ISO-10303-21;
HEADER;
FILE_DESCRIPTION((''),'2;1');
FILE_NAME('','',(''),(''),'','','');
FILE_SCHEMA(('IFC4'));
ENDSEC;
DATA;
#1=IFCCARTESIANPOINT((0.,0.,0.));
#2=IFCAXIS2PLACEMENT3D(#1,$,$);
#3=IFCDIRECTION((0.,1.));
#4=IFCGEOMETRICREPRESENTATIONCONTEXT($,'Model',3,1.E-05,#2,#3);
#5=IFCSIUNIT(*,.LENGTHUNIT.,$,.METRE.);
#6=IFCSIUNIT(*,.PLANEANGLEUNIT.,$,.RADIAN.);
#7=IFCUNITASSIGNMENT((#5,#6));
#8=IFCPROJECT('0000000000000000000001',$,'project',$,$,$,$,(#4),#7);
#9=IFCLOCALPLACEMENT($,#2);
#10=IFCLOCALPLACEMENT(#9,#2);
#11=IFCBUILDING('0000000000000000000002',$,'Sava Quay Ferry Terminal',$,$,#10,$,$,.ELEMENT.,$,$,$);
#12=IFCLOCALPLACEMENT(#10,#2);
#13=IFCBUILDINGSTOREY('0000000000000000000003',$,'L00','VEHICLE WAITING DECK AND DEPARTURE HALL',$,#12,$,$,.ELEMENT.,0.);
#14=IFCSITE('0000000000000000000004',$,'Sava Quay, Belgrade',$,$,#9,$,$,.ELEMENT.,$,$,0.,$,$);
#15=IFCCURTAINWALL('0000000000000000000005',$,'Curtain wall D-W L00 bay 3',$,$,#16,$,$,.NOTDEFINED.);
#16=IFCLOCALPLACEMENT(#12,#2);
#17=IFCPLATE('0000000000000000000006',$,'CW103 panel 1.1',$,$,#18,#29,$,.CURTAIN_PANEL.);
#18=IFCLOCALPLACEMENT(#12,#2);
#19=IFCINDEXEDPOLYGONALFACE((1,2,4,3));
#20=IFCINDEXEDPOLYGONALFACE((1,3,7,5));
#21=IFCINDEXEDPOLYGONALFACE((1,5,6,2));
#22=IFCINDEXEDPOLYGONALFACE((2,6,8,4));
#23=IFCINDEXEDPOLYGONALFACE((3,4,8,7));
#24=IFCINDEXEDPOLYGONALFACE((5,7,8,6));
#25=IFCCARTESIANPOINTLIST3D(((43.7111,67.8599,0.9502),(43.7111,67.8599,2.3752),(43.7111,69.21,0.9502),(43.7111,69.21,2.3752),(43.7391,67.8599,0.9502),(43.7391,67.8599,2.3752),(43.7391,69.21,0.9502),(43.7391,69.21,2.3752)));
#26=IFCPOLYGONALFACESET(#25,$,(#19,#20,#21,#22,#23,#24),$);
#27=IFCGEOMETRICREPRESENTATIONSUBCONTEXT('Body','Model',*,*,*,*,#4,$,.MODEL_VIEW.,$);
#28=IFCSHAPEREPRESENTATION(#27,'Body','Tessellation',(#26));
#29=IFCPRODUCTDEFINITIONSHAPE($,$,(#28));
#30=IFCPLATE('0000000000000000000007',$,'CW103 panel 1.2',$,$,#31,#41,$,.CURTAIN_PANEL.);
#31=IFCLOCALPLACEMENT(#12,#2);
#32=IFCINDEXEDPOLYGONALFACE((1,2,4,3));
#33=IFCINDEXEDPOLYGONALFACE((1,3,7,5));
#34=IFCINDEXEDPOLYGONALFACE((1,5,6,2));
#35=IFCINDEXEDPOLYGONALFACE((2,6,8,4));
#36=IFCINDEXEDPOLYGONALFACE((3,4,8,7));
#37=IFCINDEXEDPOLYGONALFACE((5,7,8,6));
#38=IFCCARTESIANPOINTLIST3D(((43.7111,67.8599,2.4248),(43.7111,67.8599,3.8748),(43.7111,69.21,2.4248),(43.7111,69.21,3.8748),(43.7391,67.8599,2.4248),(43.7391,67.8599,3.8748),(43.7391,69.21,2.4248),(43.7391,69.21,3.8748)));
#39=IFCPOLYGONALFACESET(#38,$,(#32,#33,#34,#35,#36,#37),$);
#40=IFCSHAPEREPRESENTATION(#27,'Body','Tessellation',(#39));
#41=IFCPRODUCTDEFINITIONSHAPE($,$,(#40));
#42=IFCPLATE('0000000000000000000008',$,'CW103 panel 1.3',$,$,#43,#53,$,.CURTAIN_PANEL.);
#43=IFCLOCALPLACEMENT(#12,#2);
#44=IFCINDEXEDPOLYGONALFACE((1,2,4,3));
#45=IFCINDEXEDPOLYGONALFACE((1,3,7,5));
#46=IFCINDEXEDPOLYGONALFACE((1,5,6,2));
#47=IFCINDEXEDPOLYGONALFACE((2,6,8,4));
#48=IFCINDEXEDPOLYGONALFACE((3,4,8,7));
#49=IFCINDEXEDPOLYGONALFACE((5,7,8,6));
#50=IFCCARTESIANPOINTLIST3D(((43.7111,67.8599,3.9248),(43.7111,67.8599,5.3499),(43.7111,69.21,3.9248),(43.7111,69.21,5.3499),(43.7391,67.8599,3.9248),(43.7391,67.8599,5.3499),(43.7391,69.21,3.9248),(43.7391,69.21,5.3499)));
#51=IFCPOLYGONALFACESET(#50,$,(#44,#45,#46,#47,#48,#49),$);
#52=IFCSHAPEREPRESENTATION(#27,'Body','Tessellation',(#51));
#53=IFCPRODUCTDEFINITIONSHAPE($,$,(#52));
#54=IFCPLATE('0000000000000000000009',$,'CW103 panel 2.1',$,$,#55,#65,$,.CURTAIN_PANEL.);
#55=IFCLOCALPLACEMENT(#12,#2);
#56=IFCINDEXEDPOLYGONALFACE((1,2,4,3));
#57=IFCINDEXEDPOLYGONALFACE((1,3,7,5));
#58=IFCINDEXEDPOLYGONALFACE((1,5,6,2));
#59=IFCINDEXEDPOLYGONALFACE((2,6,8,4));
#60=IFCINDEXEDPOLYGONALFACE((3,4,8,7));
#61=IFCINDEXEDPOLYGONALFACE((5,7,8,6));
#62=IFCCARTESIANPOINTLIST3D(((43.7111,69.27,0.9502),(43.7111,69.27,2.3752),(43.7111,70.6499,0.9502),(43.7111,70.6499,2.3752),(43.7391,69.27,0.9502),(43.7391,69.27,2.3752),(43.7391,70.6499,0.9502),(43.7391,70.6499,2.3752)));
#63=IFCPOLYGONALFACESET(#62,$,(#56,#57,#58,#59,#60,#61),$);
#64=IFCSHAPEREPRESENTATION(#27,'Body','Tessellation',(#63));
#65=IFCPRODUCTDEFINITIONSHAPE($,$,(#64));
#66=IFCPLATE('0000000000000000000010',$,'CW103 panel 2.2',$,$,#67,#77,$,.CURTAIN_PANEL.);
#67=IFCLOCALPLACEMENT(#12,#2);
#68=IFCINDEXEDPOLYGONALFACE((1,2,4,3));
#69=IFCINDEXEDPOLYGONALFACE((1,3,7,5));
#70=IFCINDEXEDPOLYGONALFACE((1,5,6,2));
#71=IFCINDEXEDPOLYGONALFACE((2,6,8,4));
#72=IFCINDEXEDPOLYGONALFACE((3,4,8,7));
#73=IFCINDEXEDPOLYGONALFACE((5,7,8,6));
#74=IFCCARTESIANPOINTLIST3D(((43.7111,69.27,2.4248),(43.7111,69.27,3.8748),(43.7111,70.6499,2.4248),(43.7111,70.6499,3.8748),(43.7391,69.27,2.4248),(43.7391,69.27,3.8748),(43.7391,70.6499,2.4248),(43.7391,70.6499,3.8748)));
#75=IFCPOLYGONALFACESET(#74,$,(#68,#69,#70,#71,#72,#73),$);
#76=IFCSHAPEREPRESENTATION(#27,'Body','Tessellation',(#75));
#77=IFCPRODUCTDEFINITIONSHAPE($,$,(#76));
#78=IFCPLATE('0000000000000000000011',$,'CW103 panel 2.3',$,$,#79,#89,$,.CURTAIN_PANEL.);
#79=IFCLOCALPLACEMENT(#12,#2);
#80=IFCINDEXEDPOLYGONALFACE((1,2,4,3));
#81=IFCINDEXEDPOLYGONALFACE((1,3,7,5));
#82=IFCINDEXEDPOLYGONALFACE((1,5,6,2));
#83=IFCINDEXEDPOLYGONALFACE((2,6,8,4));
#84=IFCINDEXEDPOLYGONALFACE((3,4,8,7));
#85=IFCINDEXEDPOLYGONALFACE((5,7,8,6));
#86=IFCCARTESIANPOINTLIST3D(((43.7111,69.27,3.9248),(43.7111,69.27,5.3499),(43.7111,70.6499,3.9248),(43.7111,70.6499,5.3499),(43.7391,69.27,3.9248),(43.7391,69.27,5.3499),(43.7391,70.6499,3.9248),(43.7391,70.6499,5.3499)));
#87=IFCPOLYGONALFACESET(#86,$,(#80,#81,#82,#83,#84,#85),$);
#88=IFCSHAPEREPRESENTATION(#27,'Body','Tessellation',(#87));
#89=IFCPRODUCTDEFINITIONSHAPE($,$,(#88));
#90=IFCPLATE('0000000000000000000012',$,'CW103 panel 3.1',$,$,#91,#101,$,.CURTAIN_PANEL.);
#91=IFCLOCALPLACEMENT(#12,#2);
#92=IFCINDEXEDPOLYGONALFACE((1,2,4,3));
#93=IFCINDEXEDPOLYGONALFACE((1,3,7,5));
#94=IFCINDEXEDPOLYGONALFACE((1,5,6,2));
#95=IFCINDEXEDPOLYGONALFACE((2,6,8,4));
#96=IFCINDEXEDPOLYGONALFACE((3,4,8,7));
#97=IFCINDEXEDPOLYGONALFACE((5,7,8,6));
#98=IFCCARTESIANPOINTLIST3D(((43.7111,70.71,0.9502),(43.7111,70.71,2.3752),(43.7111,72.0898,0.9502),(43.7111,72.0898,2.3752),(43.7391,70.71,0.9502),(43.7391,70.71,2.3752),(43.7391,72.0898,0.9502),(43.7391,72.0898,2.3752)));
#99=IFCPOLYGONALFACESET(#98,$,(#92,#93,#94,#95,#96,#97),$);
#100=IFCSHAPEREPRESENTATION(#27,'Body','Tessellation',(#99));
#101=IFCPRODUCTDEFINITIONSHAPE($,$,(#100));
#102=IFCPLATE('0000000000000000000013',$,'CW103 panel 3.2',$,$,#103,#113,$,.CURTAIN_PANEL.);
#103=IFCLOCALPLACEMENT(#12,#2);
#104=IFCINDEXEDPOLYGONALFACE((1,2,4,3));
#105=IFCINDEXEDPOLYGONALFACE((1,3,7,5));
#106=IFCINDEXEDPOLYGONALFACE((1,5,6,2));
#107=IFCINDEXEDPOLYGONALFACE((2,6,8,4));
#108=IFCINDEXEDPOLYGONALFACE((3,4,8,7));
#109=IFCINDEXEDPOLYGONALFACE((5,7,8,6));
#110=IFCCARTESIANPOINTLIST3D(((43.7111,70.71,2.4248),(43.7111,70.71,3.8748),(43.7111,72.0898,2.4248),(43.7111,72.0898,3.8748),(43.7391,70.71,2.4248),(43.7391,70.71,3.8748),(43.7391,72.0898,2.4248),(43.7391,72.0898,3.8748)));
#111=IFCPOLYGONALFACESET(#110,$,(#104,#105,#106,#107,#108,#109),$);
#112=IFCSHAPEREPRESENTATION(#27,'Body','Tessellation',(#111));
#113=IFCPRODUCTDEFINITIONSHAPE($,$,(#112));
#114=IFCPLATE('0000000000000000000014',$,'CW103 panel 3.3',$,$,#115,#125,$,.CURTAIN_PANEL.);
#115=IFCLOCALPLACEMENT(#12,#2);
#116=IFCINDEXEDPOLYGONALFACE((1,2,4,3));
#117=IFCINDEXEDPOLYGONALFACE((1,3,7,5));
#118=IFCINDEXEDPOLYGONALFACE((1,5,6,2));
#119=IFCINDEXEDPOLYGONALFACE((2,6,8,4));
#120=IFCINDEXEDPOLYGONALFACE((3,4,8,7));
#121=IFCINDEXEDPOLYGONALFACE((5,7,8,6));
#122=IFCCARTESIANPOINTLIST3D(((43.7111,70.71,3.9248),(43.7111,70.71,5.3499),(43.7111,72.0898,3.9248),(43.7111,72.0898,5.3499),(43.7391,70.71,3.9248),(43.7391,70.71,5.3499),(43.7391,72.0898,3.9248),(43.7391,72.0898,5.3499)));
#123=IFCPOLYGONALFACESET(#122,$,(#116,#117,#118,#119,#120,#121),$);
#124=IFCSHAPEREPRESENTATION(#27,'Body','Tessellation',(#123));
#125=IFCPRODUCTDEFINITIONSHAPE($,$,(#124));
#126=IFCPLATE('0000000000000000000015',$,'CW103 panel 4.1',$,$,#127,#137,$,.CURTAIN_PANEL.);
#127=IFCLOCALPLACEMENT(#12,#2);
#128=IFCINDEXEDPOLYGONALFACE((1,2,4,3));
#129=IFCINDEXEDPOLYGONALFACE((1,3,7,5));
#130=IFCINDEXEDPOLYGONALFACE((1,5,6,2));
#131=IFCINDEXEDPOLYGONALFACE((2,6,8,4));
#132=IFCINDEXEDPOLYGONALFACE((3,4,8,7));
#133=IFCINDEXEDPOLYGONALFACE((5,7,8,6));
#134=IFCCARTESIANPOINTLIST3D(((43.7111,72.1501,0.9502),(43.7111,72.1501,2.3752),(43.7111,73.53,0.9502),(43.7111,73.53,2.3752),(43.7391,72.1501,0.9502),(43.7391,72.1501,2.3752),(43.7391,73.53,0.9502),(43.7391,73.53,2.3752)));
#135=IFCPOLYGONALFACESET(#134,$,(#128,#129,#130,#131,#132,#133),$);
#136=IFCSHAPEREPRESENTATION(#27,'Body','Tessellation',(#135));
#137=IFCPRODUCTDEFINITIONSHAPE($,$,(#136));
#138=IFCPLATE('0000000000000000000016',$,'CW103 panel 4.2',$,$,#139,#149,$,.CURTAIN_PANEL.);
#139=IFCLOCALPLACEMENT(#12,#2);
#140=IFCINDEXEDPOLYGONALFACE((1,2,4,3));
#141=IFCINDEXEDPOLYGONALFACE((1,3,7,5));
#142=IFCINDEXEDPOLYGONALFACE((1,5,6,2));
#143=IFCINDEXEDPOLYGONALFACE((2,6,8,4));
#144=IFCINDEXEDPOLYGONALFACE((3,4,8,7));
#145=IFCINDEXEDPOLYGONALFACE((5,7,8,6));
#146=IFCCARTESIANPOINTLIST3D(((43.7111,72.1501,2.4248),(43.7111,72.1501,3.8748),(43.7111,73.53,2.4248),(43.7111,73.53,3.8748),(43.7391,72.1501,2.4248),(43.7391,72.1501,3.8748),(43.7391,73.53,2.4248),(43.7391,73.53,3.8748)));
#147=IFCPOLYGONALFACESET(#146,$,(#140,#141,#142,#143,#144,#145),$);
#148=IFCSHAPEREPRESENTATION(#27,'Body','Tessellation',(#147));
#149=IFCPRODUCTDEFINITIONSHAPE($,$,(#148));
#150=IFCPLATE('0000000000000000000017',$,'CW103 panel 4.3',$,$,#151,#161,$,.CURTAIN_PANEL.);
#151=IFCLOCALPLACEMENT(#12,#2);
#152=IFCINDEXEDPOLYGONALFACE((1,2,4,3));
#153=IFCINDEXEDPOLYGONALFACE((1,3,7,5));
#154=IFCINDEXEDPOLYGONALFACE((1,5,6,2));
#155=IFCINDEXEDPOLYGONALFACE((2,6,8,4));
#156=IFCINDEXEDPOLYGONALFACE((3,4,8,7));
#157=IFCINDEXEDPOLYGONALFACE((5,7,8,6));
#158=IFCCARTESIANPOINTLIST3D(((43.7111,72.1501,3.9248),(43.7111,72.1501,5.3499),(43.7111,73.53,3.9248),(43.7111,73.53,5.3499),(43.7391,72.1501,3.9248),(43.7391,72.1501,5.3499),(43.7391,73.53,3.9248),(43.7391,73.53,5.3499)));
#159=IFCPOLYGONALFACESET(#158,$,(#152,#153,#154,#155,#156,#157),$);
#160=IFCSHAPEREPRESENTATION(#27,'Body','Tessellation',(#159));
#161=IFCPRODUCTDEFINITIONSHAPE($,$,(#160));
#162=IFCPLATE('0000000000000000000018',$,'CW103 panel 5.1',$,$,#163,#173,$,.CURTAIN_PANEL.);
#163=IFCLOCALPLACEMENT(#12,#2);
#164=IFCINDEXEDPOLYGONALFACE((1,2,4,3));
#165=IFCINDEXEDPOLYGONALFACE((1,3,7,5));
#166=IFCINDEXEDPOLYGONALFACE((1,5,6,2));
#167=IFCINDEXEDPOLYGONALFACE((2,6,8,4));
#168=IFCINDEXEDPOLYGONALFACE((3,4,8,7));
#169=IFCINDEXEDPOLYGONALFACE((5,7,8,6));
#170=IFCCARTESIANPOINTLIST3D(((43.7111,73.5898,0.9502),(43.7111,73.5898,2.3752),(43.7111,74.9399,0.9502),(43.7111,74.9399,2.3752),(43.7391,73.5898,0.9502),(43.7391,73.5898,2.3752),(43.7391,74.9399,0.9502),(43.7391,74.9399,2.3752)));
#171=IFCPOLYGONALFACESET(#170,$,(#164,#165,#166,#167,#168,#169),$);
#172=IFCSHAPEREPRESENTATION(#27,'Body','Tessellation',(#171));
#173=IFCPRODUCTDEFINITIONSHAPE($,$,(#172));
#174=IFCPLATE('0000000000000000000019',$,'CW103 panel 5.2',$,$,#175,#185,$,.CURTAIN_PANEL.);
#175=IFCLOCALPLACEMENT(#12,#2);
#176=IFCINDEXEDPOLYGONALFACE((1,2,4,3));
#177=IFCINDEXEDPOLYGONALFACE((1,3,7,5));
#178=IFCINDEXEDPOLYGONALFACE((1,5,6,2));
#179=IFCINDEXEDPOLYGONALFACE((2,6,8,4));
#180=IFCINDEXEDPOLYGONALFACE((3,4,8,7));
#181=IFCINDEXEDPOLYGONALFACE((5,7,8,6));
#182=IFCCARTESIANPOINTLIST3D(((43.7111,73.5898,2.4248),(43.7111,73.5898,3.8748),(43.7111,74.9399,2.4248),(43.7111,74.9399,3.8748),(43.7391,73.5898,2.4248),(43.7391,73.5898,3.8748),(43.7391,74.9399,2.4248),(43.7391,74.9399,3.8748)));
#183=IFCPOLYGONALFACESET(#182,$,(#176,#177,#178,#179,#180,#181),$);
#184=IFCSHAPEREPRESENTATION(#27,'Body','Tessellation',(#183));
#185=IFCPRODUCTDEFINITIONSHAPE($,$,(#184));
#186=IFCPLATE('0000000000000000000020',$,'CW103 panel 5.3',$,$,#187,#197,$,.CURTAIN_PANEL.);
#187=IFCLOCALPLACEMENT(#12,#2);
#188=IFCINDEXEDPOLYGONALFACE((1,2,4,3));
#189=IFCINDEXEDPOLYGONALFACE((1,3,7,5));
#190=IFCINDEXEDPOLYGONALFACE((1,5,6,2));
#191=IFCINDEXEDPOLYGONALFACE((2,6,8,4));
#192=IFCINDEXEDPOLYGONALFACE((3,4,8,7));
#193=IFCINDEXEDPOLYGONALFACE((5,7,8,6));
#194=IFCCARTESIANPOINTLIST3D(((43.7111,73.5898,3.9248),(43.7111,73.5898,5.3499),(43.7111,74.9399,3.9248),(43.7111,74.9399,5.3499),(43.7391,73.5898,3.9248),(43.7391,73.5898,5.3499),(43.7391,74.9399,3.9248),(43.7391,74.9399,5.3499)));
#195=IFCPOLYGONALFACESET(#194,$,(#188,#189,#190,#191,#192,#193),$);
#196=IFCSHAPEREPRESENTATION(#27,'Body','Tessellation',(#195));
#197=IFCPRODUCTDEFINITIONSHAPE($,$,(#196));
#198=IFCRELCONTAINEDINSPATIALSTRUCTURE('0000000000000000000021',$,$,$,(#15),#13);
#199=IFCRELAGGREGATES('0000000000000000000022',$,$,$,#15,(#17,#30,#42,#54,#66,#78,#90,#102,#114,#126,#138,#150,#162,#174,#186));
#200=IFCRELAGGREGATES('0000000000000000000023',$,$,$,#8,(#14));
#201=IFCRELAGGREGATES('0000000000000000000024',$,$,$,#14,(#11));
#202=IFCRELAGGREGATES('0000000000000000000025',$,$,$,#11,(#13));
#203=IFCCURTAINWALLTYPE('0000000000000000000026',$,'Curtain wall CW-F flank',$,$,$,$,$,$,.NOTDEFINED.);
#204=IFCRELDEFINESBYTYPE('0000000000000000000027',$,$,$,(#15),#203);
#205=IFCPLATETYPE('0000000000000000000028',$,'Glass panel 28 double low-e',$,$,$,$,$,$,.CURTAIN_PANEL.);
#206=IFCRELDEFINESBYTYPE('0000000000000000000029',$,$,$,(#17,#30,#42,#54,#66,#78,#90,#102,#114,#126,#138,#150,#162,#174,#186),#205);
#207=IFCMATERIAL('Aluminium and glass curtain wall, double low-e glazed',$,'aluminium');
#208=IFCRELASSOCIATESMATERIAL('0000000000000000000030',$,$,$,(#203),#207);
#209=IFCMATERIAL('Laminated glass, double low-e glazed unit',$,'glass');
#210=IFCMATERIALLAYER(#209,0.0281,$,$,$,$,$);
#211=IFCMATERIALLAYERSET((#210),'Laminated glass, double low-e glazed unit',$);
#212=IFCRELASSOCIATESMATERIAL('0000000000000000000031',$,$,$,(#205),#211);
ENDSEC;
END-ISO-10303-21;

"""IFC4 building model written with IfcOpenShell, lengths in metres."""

from ifc_helpers import new_model, si_unit, direction, frame, origin, origin_2d, place, context, subcontext, project, spatial, rectangle, extrude, material, layer, layer_set, type_object, element, aggregate, save


model = new_model("IFC4")

# Units and contexts
model_context = context("Model", 3, precision=1e-05, world=origin(), true_north=direction((0.0, 1.0)))
body_context = subcontext(model_context, "Body", "Model", "MODEL_VIEW")
ifc_project = project(units=[si_unit("LENGTHUNIT", "METRE"), si_unit("PLANEANGLEUNIT", "RADIAN")], contexts=[model_context])

# Site, building, storey
site_placement = place(None, origin())
site = spatial("IfcSite", under=ifc_project, at=site_placement, Name="Sava Quay, Belgrade", CompositionType="ELEMENT", RefElevation=0.0)
building_placement = place(site_placement, origin())
building = spatial("IfcBuilding", under=site, at=building_placement, Name="Sava Quay Ferry Terminal", CompositionType="ELEMENT")
storey_placement = place(building_placement, origin())
storey = spatial("IfcBuildingStorey", under=building, at=storey_placement, Name="L00", Description="VEHICLE WAITING DECK AND DEPARTURE HALL", CompositionType="ELEMENT", Elevation=0.0)

# Curtain wall, plates
ifc_material_1 = material(Name="Aluminium and glass curtain wall, double low-e glazed", Category="aluminium")
curtain_wall_type = type_object("IfcCurtainWallType", Name="Curtain wall CW-F flank", PredefinedType="NOTDEFINED", material=ifc_material_1)
curtain_wall_placement = place(storey_placement, origin())
curtain_wall = element("IfcCurtainWall", 1, at=curtain_wall_placement, inside=storey, type_object=curtain_wall_type, Name="Curtain wall D-W L00 bay 3", PredefinedType="NOTDEFINED")
ifc_material_2 = material(Name="Laminated glass, double low-e glazed unit", Category="glass")
ifc_layer_1 = layer(ifc_material_2, 0.0281)
ifc_layer_set_1 = layer_set([ifc_layer_1], Name="Laminated glass, double low-e glazed unit")
plate_type = type_object("IfcPlateType", Name="Glass panel 28 double low-e", PredefinedType="CURTAIN_PANEL", material=ifc_layer_set_1)
plate_1_placement = place(storey_placement, frame((43.7251, 68.5349, 0.9502), z_axis=(0.0, 0.0, 1.0), x_axis=(0.0, 1.0, 0.0)))
plate_1 = element("IfcPlate", 2, at=plate_1_placement, type_object=plate_type, Name="CW103 panel 1.1", PredefinedType="CURTAIN_PANEL", context=body_context, shape_type="SweptSolid", body=[
    extrude(rectangle(XDim=1.3501, YDim=0.0281, at=origin_2d()), origin(), (0.0, 0.0, 1.0), 1.425),
])
plate_2_placement = place(storey_placement, frame((43.7251, 68.5349, 2.4248), z_axis=(0.0, 0.0, 1.0), x_axis=(0.0, 1.0, 0.0)))
plate_2 = element("IfcPlate", 3, at=plate_2_placement, type_object=plate_type, Name="CW103 panel 1.2", PredefinedType="CURTAIN_PANEL", context=body_context, shape_type="SweptSolid", body=[
    extrude(rectangle(XDim=1.3501, YDim=0.0281, at=origin_2d()), origin(), (0.0, 0.0, 1.0), 1.45),
])
plate_3_placement = place(storey_placement, frame((43.7251, 68.5349, 3.9248), z_axis=(0.0, 0.0, 1.0), x_axis=(0.0, 1.0, 0.0)))
plate_3 = element("IfcPlate", 4, at=plate_3_placement, type_object=plate_type, Name="CW103 panel 1.3", PredefinedType="CURTAIN_PANEL", context=body_context, shape_type="SweptSolid", body=[
    extrude(rectangle(XDim=1.3501, YDim=0.0281, at=origin_2d()), origin(), (0.0, 0.0, 1.0), 1.425),
])
plate_4_placement = place(storey_placement, frame((43.7251, 69.96, 0.9502), z_axis=(0.0, 0.0, 1.0), x_axis=(0.0, 1.0, 0.0)))
plate_4 = element("IfcPlate", 5, at=plate_4_placement, type_object=plate_type, Name="CW103 panel 2.1", PredefinedType="CURTAIN_PANEL", context=body_context, shape_type="SweptSolid", body=[
    extrude(rectangle(XDim=1.3799, YDim=0.0281, at=origin_2d()), origin(), (0.0, 0.0, 1.0), 1.425),
])
plate_5_placement = place(storey_placement, frame((43.7251, 69.96, 2.4248), z_axis=(0.0, 0.0, 1.0), x_axis=(0.0, 1.0, 0.0)))
plate_5 = element("IfcPlate", 6, at=plate_5_placement, type_object=plate_type, Name="CW103 panel 2.2", PredefinedType="CURTAIN_PANEL", context=body_context, shape_type="SweptSolid", body=[
    extrude(rectangle(XDim=1.3799, YDim=0.0281, at=origin_2d()), origin(), (0.0, 0.0, 1.0), 1.45),
])
plate_6_placement = place(storey_placement, frame((43.7251, 69.96, 3.9248), z_axis=(0.0, 0.0, 1.0), x_axis=(0.0, 1.0, 0.0)))
plate_6 = element("IfcPlate", 7, at=plate_6_placement, type_object=plate_type, Name="CW103 panel 2.3", PredefinedType="CURTAIN_PANEL", context=body_context, shape_type="SweptSolid", body=[
    extrude(rectangle(XDim=1.3799, YDim=0.0281, at=origin_2d()), origin(), (0.0, 0.0, 1.0), 1.425),
])
plate_7_placement = place(storey_placement, frame((43.7251, 71.3999, 0.9502), z_axis=(0.0, 0.0, 1.0), x_axis=(0.0, 1.0, 0.0)))
plate_7 = element("IfcPlate", 8, at=plate_7_placement, type_object=plate_type, Name="CW103 panel 3.1", PredefinedType="CURTAIN_PANEL", context=body_context, shape_type="SweptSolid", body=[
    extrude(rectangle(XDim=1.3799, YDim=0.0281, at=origin_2d()), origin(), (0.0, 0.0, 1.0), 1.425),
])
plate_8_placement = place(storey_placement, frame((43.7251, 71.3999, 2.4248), z_axis=(0.0, 0.0, 1.0), x_axis=(0.0, 1.0, 0.0)))
plate_8 = element("IfcPlate", 9, at=plate_8_placement, type_object=plate_type, Name="CW103 panel 3.2", PredefinedType="CURTAIN_PANEL", context=body_context, shape_type="SweptSolid", body=[
    extrude(rectangle(XDim=1.3799, YDim=0.0281, at=origin_2d()), origin(), (0.0, 0.0, 1.0), 1.45),
])
plate_9_placement = place(storey_placement, frame((43.7251, 71.3999, 3.9248), z_axis=(0.0, 0.0, 1.0), x_axis=(0.0, 1.0, 0.0)))
plate_9 = element("IfcPlate", 10, at=plate_9_placement, type_object=plate_type, Name="CW103 panel 3.3", PredefinedType="CURTAIN_PANEL", context=body_context, shape_type="SweptSolid", body=[
    extrude(rectangle(XDim=1.3799, YDim=0.0281, at=origin_2d()), origin(), (0.0, 0.0, 1.0), 1.425),
])
plate_10_placement = place(storey_placement, frame((43.7251, 72.8401, 0.9502), z_axis=(0.0, 0.0, 1.0), x_axis=(0.0, 1.0, 0.0)))
plate_10 = element("IfcPlate", 11, at=plate_10_placement, type_object=plate_type, Name="CW103 panel 4.1", PredefinedType="CURTAIN_PANEL", context=body_context, shape_type="SweptSolid", body=[
    extrude(rectangle(XDim=1.3799, YDim=0.0281, at=origin_2d()), origin(), (0.0, 0.0, 1.0), 1.425),
])
plate_11_placement = place(storey_placement, frame((43.7251, 72.8401, 2.4248), z_axis=(0.0, 0.0, 1.0), x_axis=(0.0, 1.0, 0.0)))
plate_11 = element("IfcPlate", 12, at=plate_11_placement, type_object=plate_type, Name="CW103 panel 4.2", PredefinedType="CURTAIN_PANEL", context=body_context, shape_type="SweptSolid", body=[
    extrude(rectangle(XDim=1.3799, YDim=0.0281, at=origin_2d()), origin(), (0.0, 0.0, 1.0), 1.45),
])
plate_12_placement = place(storey_placement, frame((43.7251, 72.8401, 3.9248), z_axis=(0.0, 0.0, 1.0), x_axis=(0.0, 1.0, 0.0)))
plate_12 = element("IfcPlate", 13, at=plate_12_placement, type_object=plate_type, Name="CW103 panel 4.3", PredefinedType="CURTAIN_PANEL", context=body_context, shape_type="SweptSolid", body=[
    extrude(rectangle(XDim=1.3799, YDim=0.0281, at=origin_2d()), origin(), (0.0, 0.0, 1.0), 1.425),
])
plate_13_placement = place(storey_placement, frame((43.7251, 74.2649, 0.9502), z_axis=(0.0, 0.0, 1.0), x_axis=(0.0, 1.0, 0.0)))
plate_13 = element("IfcPlate", 14, at=plate_13_placement, type_object=plate_type, Name="CW103 panel 5.1", PredefinedType="CURTAIN_PANEL", context=body_context, shape_type="SweptSolid", body=[
    extrude(rectangle(XDim=1.3501, YDim=0.0281, at=origin_2d()), origin(), (0.0, 0.0, 1.0), 1.425),
])
plate_14_placement = place(storey_placement, frame((43.7251, 74.2649, 2.4248), z_axis=(0.0, 0.0, 1.0), x_axis=(0.0, 1.0, 0.0)))
plate_14 = element("IfcPlate", 15, at=plate_14_placement, type_object=plate_type, Name="CW103 panel 5.2", PredefinedType="CURTAIN_PANEL", context=body_context, shape_type="SweptSolid", body=[
    extrude(rectangle(XDim=1.3501, YDim=0.0281, at=origin_2d()), origin(), (0.0, 0.0, 1.0), 1.45),
])
plate_15_placement = place(storey_placement, frame((43.7251, 74.2649, 3.9248), z_axis=(0.0, 0.0, 1.0), x_axis=(0.0, 1.0, 0.0)))
plate_15 = element("IfcPlate", 16, at=plate_15_placement, type_object=plate_type, Name="CW103 panel 5.3", PredefinedType="CURTAIN_PANEL", context=body_context, shape_type="SweptSolid", body=[
    extrude(rectangle(XDim=1.3501, YDim=0.0281, at=origin_2d()), origin(), (0.0, 0.0, 1.0), 1.425),
])
aggregate(curtain_wall, [plate_1, plate_2, plate_3, plate_4, plate_5, plate_6, plate_7, plate_8, plate_9, plate_10, plate_11, plate_12, plate_13, plate_14, plate_15])

save(model, "model.ifc")
